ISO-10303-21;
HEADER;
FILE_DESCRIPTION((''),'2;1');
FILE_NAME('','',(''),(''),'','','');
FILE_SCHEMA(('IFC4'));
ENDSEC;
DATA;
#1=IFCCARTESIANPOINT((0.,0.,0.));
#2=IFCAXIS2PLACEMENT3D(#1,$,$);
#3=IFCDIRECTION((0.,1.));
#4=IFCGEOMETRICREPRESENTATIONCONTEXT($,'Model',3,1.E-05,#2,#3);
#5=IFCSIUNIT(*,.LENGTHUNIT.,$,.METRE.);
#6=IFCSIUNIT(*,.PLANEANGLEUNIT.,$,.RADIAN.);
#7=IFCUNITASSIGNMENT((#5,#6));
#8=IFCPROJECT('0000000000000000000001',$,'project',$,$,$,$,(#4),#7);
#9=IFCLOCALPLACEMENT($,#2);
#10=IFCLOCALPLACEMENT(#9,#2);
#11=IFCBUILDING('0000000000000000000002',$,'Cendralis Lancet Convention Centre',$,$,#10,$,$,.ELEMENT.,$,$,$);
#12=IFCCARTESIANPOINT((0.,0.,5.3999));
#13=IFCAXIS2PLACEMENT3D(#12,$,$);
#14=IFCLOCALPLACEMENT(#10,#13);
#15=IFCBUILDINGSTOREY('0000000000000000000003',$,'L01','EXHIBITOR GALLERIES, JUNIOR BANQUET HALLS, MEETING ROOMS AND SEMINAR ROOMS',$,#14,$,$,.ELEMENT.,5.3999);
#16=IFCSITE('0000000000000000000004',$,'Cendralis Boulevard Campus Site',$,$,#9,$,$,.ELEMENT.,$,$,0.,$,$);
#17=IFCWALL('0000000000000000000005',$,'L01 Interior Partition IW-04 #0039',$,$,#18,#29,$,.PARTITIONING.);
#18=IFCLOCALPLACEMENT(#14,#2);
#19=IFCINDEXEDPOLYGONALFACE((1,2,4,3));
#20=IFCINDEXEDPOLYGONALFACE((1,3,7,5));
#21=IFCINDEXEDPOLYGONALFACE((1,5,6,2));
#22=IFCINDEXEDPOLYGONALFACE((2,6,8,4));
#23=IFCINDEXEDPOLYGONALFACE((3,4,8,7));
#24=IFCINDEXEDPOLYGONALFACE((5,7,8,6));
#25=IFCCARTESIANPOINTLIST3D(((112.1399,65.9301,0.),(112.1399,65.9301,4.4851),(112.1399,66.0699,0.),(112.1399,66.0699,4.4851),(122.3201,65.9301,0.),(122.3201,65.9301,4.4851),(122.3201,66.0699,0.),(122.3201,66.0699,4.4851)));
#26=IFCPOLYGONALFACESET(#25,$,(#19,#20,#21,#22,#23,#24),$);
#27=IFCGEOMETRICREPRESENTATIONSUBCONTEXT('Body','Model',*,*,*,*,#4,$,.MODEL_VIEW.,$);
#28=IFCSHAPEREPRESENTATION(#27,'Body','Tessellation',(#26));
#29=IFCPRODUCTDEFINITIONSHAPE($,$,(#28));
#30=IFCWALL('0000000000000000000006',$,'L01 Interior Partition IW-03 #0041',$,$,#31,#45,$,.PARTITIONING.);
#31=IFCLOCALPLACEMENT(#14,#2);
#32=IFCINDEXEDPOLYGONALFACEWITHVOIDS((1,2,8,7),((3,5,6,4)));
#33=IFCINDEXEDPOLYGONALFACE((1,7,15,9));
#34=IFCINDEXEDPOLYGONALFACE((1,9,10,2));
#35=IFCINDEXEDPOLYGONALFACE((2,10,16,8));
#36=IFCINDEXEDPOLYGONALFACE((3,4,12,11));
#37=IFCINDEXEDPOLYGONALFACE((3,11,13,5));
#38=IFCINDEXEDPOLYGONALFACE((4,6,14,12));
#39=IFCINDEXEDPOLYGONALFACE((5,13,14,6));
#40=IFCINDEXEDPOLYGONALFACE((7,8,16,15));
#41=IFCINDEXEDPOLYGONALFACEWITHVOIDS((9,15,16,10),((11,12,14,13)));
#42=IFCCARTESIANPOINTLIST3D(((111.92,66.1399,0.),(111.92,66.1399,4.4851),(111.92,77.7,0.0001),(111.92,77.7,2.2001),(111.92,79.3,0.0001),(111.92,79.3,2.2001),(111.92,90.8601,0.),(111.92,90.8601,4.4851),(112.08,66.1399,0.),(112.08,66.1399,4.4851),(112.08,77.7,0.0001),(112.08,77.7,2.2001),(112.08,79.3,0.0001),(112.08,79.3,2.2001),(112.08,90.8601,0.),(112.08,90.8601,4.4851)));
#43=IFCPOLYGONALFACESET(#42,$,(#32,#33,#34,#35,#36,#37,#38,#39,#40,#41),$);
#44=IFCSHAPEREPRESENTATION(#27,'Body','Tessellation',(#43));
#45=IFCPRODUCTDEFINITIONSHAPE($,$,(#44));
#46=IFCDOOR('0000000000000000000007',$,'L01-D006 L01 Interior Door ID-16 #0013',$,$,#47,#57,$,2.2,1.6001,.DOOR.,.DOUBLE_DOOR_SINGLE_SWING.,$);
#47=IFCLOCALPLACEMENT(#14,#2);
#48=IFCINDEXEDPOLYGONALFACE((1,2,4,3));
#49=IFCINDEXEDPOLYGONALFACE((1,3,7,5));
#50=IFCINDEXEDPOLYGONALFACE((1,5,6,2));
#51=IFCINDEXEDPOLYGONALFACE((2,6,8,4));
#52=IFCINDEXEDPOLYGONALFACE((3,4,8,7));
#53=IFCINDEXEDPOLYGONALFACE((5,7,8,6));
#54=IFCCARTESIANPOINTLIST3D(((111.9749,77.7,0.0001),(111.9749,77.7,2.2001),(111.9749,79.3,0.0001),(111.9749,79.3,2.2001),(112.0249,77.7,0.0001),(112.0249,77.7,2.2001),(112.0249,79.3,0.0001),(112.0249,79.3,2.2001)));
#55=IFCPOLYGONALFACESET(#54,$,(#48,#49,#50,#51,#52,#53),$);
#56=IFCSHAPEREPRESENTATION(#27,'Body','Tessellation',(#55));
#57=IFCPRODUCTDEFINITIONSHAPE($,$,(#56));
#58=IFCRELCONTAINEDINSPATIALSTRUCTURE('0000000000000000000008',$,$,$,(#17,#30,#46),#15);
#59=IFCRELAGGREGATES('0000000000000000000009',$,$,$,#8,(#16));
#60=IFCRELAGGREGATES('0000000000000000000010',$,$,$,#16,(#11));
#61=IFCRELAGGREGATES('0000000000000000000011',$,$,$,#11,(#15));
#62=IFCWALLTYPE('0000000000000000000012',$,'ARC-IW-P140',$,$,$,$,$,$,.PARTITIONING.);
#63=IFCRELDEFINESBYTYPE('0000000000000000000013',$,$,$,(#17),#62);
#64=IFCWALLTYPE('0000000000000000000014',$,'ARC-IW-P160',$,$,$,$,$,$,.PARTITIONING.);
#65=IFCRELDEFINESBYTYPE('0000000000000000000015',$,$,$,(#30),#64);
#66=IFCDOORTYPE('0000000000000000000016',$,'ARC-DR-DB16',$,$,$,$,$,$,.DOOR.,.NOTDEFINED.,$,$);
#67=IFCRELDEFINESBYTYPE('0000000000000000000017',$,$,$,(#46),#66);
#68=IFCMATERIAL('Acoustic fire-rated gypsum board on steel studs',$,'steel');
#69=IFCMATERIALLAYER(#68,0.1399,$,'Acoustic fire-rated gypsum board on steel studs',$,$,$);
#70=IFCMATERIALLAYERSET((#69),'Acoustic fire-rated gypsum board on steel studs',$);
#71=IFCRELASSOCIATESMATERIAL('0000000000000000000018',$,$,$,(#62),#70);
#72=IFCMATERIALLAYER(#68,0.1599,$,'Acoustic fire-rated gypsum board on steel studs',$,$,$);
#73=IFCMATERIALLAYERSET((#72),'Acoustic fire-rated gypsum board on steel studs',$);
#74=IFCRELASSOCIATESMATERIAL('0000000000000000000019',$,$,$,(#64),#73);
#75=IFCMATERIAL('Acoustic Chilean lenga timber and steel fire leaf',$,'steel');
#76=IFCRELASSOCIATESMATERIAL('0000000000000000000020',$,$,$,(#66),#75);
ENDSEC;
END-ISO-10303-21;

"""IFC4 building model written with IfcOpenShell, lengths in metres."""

from ifc_helpers import new_model, si_unit, direction, frame, frame_2d, origin, place, context, subcontext, project, spatial, rectangle, extrude, material, layer, layer_set, type_object, element, fill, save


model = new_model("IFC4")

# Units and contexts
model_context = context("Model", 3, precision=1e-05, world=origin(), true_north=direction((0.0, 1.0)))
body_context = subcontext(model_context, "Body", "Model", "MODEL_VIEW")
ifc_project = project(units=[si_unit("LENGTHUNIT", "METRE"), si_unit("PLANEANGLEUNIT", "RADIAN")], contexts=[model_context])

# Site, building, storey
site_placement = place(None, origin())
site = spatial("IfcSite", under=ifc_project, at=site_placement, Name="Cendralis Boulevard Campus Site", CompositionType="ELEMENT", RefElevation=0.0)
building_placement = place(site_placement, origin())
building = spatial("IfcBuilding", under=site, at=building_placement, Name="Cendralis Lancet Convention Centre", CompositionType="ELEMENT")
storey_placement = place(building_placement, frame((0.0, 0.0, 5.3999)))
storey = spatial("IfcBuildingStorey", under=building, at=storey_placement, Name="L01", Description="EXHIBITOR GALLERIES, JUNIOR BANQUET HALLS, MEETING ROOMS AND SEMINAR ROOMS", CompositionType="ELEMENT", Elevation=5.3999)

# Wall
ifc_material_1 = material(Name="Acoustic fire-rated gypsum board on steel studs", Category="steel")
ifc_layer_1 = layer(ifc_material_1, 0.1399, Name="Acoustic fire-rated gypsum board on steel studs")
ifc_layer_set_1 = layer_set([ifc_layer_1], Name="Acoustic fire-rated gypsum board on steel studs")
wall_type_1 = type_object("IfcWallType", Name="ARC-IW-P140", PredefinedType="PARTITIONING", material=ifc_layer_set_1)
wall_1_placement = place(storey_placement, frame((112.1399, 66.0, 0.0), z_axis=(0.0, 0.0, 1.0), x_axis=(1.0, 0.0, 0.0)))
element("IfcWall", 1, at=wall_1_placement, inside=storey, type_object=wall_type_1, Name="L01 Interior Partition IW-04 #0039", PredefinedType="PARTITIONING", context=body_context, shape_type="SweptSolid", body=[
    extrude(rectangle(XDim=10.1802, YDim=0.1399, at=frame_2d((5.0901, 0.0))), origin(), (0.0, 0.0, 1.0), 4.4851),
])

# Wall, opening, door
ifc_layer_2 = layer(ifc_material_1, 0.1599, Name="Acoustic fire-rated gypsum board on steel studs")
ifc_layer_set_2 = layer_set([ifc_layer_2], Name="Acoustic fire-rated gypsum board on steel studs")
wall_type_2 = type_object("IfcWallType", Name="ARC-IW-P160", PredefinedType="PARTITIONING", material=ifc_layer_set_2)
wall_2_placement = place(storey_placement, frame((112.0, 66.1399, 0.0), z_axis=(0.0, 0.0, 1.0), x_axis=(0.0, 1.0, 0.0)))
wall_2 = element("IfcWall", 2, at=wall_2_placement, inside=storey, type_object=wall_type_2, Name="L01 Interior Partition IW-03 #0041", PredefinedType="PARTITIONING", context=body_context, shape_type="SweptSolid", body=[
    extrude(rectangle(XDim=24.7202, YDim=0.1599, at=frame_2d((12.3601, 0.0))), origin(), (0.0, 0.0, 1.0), 4.4851),
])
opening_placement = place(wall_2_placement, frame((11.5601, 0.0, 0.0)))
opening = element("IfcOpeningElement", 3, at=opening_placement, cuts=wall_2, PredefinedType="OPENING", context=body_context, shape_type="SweptSolid", body=[
    extrude(rectangle(XDim=1.6001, YDim=2.2, at=frame_2d((0.8, 1.1001))), frame((0.0, 0.0898, 0.0), z_axis=(0.0, -1.0, 0.0), x_axis=(1.0, 0.0, 0.0)), (0.0, 0.0, 1.0), 0.1799),
])
ifc_material_2 = material(Name="Acoustic Chilean lenga timber and steel fire leaf", Category="steel")
door_type = type_object("IfcDoorType", Name="ARC-DR-DB16", OperationType="NOTDEFINED", PredefinedType="DOOR", material=ifc_material_2)
door_placement = place(opening_placement, frame((1.6001, 0.0, 0.0), z_axis=(0.0, 0.0, 1.0), x_axis=(-1.0, 0.0, 0.0)))
door = element("IfcDoor", 4, at=door_placement, inside=storey, type_object=door_type, Name="L01-D006 L01 Interior Door ID-16 #0013", OperationType="DOUBLE_DOOR_SINGLE_SWING", OverallHeight=2.2, OverallWidth=1.6001, PredefinedType="DOOR", context=body_context, shape_type="SweptSolid", body=[
    extrude(rectangle(XDim=1.6001, YDim=2.2, at=frame_2d((0.8, 1.1001))), frame((0.0, 0.0249, 0.0), z_axis=(0.0, -1.0, 0.0), x_axis=(1.0, 0.0, 0.0)), (0.0, 0.0, 1.0), 0.05),
])
fill(opening, door)

save(model, "model.ifc")
